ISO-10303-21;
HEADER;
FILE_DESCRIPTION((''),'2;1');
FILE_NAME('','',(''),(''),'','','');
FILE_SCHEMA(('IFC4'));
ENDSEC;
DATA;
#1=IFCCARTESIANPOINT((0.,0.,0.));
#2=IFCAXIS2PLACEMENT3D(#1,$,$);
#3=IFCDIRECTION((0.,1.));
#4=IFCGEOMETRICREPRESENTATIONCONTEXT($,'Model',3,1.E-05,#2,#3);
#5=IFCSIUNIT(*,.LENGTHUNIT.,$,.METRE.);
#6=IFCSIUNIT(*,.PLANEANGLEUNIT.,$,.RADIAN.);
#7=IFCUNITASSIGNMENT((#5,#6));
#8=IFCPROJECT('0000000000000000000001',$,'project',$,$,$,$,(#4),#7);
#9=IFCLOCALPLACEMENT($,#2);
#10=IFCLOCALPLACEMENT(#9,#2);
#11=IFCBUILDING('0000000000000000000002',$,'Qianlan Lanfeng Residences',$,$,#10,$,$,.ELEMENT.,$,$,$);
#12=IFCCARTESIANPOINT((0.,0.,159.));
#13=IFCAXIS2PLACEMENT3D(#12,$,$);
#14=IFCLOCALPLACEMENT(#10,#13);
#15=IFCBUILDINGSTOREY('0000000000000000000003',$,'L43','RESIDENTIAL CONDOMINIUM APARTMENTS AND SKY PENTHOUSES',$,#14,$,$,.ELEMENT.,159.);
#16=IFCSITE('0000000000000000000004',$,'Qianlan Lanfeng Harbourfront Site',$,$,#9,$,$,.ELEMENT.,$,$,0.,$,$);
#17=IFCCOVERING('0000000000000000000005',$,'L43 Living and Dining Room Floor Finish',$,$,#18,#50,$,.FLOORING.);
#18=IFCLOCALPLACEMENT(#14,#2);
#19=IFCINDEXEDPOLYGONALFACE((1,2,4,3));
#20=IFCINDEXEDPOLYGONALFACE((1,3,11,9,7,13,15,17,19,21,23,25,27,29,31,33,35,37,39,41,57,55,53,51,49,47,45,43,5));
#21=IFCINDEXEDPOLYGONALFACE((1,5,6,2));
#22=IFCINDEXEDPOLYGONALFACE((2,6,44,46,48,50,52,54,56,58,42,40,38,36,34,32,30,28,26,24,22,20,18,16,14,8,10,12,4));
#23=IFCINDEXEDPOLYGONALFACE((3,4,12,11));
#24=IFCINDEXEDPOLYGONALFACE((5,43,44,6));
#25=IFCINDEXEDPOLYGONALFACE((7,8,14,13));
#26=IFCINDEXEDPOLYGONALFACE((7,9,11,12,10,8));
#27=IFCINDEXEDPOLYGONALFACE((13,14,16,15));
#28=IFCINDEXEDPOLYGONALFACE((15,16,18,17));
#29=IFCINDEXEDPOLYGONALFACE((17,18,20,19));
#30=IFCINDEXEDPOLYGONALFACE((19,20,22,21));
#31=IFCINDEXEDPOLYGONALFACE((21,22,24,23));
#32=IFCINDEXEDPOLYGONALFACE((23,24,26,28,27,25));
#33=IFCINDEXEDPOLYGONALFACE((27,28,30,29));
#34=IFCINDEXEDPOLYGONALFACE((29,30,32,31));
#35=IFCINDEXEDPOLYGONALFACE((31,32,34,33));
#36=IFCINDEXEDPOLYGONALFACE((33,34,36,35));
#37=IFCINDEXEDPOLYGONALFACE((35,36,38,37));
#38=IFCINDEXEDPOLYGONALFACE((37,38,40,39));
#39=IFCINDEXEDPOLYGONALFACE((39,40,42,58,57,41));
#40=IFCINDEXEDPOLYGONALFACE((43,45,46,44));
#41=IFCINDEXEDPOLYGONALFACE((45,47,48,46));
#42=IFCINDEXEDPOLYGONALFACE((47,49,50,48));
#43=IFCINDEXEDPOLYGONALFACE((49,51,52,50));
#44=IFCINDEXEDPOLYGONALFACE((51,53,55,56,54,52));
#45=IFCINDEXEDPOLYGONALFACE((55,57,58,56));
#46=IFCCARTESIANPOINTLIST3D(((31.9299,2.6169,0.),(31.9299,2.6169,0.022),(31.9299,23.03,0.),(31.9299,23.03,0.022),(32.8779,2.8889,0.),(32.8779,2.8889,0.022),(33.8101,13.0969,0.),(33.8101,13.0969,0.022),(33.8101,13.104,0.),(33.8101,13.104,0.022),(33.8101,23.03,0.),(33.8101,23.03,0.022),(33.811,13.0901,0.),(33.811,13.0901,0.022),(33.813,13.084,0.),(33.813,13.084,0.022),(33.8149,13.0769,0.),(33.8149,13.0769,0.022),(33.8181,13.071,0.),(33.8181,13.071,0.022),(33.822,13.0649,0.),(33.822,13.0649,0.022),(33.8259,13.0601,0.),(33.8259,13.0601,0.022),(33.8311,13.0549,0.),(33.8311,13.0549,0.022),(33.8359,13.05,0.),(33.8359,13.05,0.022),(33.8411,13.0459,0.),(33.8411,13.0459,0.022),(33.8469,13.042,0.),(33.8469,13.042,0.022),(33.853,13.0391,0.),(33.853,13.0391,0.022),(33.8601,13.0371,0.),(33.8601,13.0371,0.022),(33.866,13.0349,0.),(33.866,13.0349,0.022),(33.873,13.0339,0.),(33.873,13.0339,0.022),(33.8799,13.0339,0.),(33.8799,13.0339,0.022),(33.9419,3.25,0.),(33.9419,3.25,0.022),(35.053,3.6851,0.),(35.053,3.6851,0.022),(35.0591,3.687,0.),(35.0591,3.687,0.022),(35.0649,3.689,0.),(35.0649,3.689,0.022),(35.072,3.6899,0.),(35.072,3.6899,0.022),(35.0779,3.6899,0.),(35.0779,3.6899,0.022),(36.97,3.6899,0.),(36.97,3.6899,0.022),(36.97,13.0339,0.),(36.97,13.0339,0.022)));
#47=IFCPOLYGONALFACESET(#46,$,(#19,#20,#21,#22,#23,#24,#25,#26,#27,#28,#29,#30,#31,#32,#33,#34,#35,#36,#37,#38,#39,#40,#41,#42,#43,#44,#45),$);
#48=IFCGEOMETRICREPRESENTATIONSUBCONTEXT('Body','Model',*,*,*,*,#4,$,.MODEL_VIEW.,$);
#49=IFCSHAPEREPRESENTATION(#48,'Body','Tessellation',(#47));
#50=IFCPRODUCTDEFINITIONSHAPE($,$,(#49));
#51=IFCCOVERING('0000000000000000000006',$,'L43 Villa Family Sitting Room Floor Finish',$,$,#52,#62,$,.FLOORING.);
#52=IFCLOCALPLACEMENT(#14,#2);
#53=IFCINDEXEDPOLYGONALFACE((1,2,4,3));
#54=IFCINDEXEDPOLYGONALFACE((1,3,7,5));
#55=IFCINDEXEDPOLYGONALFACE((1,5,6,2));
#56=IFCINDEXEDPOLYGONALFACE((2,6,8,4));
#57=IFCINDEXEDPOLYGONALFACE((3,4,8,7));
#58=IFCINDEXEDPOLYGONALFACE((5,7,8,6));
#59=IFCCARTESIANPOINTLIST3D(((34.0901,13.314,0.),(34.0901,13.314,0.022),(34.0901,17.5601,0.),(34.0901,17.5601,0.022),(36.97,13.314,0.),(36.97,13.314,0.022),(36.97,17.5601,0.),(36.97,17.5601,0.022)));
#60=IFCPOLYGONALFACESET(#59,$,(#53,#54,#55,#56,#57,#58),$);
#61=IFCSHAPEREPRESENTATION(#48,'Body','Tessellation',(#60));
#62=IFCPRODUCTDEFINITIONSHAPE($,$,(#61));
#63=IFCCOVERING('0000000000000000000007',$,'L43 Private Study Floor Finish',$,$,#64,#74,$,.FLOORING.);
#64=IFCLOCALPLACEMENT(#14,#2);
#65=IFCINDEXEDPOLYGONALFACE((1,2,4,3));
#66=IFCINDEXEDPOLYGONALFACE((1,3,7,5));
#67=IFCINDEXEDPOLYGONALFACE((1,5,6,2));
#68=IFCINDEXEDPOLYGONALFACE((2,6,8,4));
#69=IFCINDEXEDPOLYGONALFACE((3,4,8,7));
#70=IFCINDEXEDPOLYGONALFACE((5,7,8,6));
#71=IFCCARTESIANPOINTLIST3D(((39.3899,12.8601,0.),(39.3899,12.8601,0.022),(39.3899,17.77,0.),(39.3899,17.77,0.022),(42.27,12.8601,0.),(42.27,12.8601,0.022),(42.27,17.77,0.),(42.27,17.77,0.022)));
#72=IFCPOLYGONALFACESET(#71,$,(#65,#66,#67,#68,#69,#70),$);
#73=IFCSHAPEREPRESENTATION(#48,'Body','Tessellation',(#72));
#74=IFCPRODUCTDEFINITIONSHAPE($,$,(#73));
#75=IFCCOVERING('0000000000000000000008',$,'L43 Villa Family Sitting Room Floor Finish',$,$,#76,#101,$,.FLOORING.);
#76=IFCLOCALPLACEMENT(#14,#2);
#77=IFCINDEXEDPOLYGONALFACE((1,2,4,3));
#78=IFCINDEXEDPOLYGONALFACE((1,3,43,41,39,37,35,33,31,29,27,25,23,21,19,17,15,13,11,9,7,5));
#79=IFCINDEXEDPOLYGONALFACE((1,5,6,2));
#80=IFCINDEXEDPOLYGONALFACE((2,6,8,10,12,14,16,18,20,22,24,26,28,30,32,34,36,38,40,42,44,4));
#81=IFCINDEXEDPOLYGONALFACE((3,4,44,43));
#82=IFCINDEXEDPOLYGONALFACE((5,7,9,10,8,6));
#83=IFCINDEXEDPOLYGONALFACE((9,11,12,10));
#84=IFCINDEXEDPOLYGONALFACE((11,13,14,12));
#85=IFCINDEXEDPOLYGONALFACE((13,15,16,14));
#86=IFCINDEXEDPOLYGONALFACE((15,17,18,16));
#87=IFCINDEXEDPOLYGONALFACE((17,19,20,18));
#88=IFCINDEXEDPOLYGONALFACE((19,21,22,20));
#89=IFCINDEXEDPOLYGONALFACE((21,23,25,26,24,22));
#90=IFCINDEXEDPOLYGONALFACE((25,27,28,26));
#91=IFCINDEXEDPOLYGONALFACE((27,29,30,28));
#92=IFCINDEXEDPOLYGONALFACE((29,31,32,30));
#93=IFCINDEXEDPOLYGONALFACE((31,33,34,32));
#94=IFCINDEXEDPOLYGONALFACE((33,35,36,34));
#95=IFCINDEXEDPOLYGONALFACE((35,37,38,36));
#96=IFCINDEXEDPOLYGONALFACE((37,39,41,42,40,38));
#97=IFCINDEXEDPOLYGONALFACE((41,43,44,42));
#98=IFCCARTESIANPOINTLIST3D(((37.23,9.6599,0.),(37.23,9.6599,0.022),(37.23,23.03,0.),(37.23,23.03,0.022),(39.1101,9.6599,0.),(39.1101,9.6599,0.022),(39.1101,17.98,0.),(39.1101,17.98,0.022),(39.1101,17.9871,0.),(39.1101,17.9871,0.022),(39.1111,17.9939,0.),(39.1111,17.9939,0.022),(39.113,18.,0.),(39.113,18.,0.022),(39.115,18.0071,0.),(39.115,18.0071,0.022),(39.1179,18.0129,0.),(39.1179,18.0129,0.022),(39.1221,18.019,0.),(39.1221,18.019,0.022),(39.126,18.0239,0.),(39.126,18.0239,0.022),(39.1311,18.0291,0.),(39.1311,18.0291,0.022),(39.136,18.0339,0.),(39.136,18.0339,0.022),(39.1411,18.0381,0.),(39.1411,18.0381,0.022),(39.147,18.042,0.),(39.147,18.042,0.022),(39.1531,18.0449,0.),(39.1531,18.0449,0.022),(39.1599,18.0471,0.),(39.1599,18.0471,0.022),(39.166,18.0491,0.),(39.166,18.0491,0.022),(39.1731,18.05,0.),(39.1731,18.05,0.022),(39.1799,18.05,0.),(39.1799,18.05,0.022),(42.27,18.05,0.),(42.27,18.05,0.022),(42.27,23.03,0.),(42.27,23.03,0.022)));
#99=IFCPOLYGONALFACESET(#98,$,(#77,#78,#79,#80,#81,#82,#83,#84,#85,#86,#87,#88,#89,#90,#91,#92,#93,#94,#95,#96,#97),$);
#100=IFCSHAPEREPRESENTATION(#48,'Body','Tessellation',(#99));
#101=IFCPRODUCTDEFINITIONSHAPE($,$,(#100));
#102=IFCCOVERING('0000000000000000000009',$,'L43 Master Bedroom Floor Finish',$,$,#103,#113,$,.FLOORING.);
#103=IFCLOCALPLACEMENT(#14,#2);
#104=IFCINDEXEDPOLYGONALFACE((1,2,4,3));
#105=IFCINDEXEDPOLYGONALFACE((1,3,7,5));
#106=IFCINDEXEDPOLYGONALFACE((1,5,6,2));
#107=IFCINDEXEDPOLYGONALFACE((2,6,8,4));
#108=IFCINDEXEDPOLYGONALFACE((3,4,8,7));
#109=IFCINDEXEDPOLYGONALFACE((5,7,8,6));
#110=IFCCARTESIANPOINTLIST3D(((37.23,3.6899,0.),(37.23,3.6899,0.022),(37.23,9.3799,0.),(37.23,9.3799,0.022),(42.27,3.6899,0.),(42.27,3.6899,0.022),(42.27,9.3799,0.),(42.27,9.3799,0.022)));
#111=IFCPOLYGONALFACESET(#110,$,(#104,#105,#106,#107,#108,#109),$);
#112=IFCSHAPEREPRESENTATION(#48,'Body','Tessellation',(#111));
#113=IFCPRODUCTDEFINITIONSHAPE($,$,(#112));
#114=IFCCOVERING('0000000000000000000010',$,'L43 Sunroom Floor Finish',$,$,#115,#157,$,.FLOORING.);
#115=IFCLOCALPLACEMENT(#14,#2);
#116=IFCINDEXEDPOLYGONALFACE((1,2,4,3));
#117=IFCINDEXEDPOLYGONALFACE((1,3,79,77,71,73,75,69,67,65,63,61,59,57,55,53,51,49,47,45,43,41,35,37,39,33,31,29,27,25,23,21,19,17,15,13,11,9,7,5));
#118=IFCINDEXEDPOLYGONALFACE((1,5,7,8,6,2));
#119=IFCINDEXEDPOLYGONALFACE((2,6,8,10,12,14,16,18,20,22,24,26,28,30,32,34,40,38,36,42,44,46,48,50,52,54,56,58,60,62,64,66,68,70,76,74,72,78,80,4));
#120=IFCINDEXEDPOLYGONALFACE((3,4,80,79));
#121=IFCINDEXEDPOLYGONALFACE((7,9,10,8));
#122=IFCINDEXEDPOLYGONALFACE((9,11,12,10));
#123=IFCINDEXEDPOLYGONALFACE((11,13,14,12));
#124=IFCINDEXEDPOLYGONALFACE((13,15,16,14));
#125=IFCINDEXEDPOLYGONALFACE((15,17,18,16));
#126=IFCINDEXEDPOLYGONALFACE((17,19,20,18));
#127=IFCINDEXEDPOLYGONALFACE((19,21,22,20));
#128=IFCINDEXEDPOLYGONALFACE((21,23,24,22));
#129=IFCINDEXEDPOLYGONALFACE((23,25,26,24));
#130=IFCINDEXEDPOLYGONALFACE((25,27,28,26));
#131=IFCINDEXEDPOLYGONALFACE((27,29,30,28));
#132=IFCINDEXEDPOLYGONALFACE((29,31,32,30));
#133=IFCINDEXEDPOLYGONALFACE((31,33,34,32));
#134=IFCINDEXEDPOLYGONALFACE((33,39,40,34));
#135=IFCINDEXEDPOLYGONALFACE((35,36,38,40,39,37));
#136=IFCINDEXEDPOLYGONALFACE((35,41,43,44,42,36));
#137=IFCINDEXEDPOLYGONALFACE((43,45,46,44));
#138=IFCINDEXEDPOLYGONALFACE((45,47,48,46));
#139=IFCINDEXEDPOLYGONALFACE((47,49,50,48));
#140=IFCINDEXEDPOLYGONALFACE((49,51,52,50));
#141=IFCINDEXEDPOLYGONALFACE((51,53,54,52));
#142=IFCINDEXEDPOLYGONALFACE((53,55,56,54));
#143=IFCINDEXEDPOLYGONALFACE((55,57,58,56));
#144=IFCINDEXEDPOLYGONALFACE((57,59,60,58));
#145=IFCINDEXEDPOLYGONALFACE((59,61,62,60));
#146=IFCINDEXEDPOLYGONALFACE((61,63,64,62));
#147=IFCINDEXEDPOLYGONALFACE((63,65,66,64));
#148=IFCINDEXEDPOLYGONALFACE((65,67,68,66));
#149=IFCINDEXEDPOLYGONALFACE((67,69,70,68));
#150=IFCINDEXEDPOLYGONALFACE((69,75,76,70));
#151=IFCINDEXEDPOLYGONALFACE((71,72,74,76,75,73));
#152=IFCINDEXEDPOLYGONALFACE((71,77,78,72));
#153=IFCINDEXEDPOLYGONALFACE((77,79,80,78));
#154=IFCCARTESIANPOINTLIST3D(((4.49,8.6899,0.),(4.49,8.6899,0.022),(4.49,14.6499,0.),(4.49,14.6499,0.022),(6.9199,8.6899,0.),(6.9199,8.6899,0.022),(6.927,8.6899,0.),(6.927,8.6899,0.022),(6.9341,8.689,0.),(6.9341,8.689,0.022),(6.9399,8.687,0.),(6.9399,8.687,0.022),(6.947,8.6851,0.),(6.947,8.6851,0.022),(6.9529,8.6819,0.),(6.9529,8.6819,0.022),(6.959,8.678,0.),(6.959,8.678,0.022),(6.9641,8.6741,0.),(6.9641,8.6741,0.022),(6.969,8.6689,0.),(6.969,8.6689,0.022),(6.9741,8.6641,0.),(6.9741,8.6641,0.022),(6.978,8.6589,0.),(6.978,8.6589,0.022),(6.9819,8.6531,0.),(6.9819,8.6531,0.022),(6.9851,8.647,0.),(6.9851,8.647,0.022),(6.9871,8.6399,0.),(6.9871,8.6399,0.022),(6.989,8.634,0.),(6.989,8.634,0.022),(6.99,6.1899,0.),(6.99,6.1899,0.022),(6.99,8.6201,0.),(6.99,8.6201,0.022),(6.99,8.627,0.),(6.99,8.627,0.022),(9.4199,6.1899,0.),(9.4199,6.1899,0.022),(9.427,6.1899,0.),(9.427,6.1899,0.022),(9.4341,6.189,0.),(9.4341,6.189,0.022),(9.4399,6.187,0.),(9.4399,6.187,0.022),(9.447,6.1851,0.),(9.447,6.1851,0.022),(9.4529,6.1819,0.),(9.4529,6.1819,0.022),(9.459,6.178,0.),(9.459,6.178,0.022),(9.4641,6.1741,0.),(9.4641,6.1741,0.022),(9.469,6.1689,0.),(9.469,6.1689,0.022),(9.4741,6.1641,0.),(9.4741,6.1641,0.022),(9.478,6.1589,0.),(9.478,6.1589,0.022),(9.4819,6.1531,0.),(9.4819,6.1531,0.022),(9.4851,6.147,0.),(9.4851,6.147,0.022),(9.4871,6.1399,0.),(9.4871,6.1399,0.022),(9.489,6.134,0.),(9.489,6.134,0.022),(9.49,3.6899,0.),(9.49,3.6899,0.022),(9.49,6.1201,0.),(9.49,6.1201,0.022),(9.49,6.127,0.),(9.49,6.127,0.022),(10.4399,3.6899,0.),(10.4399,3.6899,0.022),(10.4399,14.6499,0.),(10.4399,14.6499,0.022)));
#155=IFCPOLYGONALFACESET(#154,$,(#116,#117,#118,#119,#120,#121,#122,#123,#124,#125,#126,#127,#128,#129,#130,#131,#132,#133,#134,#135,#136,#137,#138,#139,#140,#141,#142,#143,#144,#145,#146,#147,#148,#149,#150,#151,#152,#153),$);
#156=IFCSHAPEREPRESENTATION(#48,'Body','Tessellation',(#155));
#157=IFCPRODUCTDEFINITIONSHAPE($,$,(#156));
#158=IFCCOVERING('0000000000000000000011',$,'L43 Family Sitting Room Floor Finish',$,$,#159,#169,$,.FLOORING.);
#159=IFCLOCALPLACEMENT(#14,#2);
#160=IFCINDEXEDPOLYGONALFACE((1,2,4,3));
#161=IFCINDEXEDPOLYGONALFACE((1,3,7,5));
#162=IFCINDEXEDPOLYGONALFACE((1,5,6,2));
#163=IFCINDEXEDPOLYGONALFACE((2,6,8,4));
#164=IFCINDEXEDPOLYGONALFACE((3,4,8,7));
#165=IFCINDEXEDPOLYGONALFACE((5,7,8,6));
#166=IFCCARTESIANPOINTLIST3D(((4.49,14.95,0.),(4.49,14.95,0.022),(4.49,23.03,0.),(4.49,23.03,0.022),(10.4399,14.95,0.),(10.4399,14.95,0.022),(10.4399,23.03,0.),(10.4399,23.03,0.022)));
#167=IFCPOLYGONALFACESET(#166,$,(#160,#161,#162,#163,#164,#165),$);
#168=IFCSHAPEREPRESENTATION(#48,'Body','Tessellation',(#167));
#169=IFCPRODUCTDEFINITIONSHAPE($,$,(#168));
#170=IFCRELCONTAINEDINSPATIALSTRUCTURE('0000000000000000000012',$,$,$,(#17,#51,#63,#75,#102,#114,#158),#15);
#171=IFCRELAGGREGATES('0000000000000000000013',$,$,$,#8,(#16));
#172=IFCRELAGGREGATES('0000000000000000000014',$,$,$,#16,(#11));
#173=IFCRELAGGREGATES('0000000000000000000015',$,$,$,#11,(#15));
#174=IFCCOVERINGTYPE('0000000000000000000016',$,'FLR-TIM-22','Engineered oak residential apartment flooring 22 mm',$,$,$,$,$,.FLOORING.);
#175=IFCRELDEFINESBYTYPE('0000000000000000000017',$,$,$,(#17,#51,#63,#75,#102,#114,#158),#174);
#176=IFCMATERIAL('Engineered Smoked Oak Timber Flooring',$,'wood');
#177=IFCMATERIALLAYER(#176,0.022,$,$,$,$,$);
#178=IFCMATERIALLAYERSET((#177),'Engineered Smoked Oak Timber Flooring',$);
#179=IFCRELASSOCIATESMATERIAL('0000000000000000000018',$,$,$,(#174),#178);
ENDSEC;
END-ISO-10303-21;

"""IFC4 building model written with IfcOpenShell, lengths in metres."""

from ifc_helpers import new_model, si_unit, direction, frame, origin, place, context, subcontext, project, spatial, polyline, outline, extrude, material, layer, layer_set, type_object, element, save


model = new_model("IFC4")

# Units and contexts
model_context = context("Model", 3, precision=1e-05, world=origin(), true_north=direction((0.0, 1.0)))
body_context = subcontext(model_context, "Body", "Model", "MODEL_VIEW")
ifc_project = project(units=[si_unit("LENGTHUNIT", "METRE"), si_unit("PLANEANGLEUNIT", "RADIAN")], contexts=[model_context])

# Site, building, storey
site_placement = place(None, origin())
site = spatial("IfcSite", under=ifc_project, at=site_placement, Name="Qianlan Lanfeng Harbourfront Site", CompositionType="ELEMENT", RefElevation=0.0)
building_placement = place(site_placement, origin())
building = spatial("IfcBuilding", under=site, at=building_placement, Name="Qianlan Lanfeng Residences", CompositionType="ELEMENT")
storey_placement = place(building_placement, frame((0.0, 0.0, 159.0)))
storey = spatial("IfcBuildingStorey", under=building, at=storey_placement, Name="L43", Description="RESIDENTIAL CONDOMINIUM APARTMENTS AND SKY PENTHOUSES", CompositionType="ELEMENT", Elevation=159.0)

# Coverings
ifc_material_1 = material(Name="Engineered Smoked Oak Timber Flooring", Category="wood")
ifc_layer_1 = layer(ifc_material_1, 0.022)
ifc_layer_set_1 = layer_set([ifc_layer_1], Name="Engineered Smoked Oak Timber Flooring")
covering_type_1 = type_object("IfcCoveringType", Name="FLR-TIM-22", Description="Engineered oak residential apartment flooring 22 mm", PredefinedType="FLOORING", material=ifc_layer_set_1)
covering_1_placement = place(storey_placement, origin())
element("IfcCovering", 1, at=covering_1_placement, inside=storey, type_object=covering_type_1, Name="L43 Living and Dining Room Floor Finish", PredefinedType="FLOORING", context=body_context, shape_type="SweptSolid", body=[
    extrude(outline(polyline([(36.97, 3.6899), (36.97, 13.0339), (33.8799, 13.0339), (33.873, 13.0339), (33.866, 13.0349), (33.8601, 13.0371), (33.853, 13.0391), (33.8469, 13.042), (33.8411, 13.0459), (33.8359, 13.05), (33.8311, 13.0549), (33.8259, 13.0601), (33.822, 13.0649), (33.8181, 13.071), (33.8149, 13.0769), (33.813, 13.084), (33.811, 13.0901), (33.8101, 13.0969), (33.8101, 13.104), (33.8101, 23.03), (31.9299, 23.03), (31.9299, 2.6169), (32.8779, 2.8889), (33.9419, 3.25), (35.053, 3.6851), (35.0591, 3.687), (35.0649, 3.689), (35.072, 3.6899), (35.0779, 3.6899), (36.97, 3.6899)])), origin(), (0.0, 0.0, 1.0), 0.022),
])
covering_2_placement = place(storey_placement, origin())
element("IfcCovering", 2, at=covering_2_placement, inside=storey, type_object=covering_type_1, Name="L43 Villa Family Sitting Room Floor Finish", PredefinedType="FLOORING", context=body_context, shape_type="SweptSolid", body=[
    extrude(outline(polyline([(34.0901, 17.5601), (34.0901, 13.314), (36.97, 13.314), (36.97, 17.5601), (34.0901, 17.5601)])), origin(), (0.0, 0.0, 1.0), 0.022),
])
covering_3_placement = place(storey_placement, origin())
element("IfcCovering", 3, at=covering_3_placement, inside=storey, type_object=covering_type_1, Name="L43 Private Study Floor Finish", PredefinedType="FLOORING", context=body_context, shape_type="SweptSolid", body=[
    extrude(outline(polyline([(39.3899, 12.8601), (42.27, 12.8601), (42.27, 17.77), (39.3899, 17.77), (39.3899, 12.8601)])), origin(), (0.0, 0.0, 1.0), 0.022),
])
covering_4_placement = place(storey_placement, origin())
element("IfcCovering", 4, at=covering_4_placement, inside=storey, type_object=covering_type_1, Name="L43 Villa Family Sitting Room Floor Finish", PredefinedType="FLOORING", context=body_context, shape_type="SweptSolid", body=[
    extrude(outline(polyline([(37.23, 9.6599), (39.1101, 9.6599), (39.1101, 17.98), (39.1101, 17.9871), (39.1111, 17.9939), (39.113, 18.0), (39.115, 18.0071), (39.1179, 18.0129), (39.1221, 18.019), (39.126, 18.0239), (39.1311, 18.0291), (39.136, 18.0339), (39.1411, 18.0381), (39.147, 18.042), (39.1531, 18.0449), (39.1599, 18.0471), (39.166, 18.0491), (39.1731, 18.05), (39.1799, 18.05), (42.27, 18.05), (42.27, 23.03), (37.23, 23.03), (37.23, 9.6599)])), origin(), (0.0, 0.0, 1.0), 0.022),
])
covering_5_placement = place(storey_placement, origin())
element("IfcCovering", 5, at=covering_5_placement, inside=storey, type_object=covering_type_1, Name="L43 Master Bedroom Floor Finish", PredefinedType="FLOORING", context=body_context, shape_type="SweptSolid", body=[
    extrude(outline(polyline([(37.23, 9.3799), (37.23, 3.6899), (42.27, 3.6899), (42.27, 9.3799), (37.23, 9.3799)])), origin(), (0.0, 0.0, 1.0), 0.022),
])
covering_6_placement = place(storey_placement, origin())
element("IfcCovering", 6, at=covering_6_placement, inside=storey, type_object=covering_type_1, Name="L43 Sunroom Floor Finish", PredefinedType="FLOORING", context=body_context, shape_type="SweptSolid", body=[
    extrude(outline(polyline([(10.4399, 14.6499), (4.49, 14.6499), (4.49, 8.6899), (6.9199, 8.6899), (6.927, 8.6899), (6.9341, 8.689), (6.9399, 8.687), (6.947, 8.6851), (6.9529, 8.6819), (6.959, 8.678), (6.9641, 8.6741), (6.969, 8.6689), (6.9741, 8.6641), (6.978, 8.6589), (6.9819, 8.6531), (6.9851, 8.647), (6.9871, 8.6399), (6.989, 8.634), (6.99, 8.627), (6.99, 8.6201), (6.99, 6.1899), (9.4199, 6.1899), (9.427, 6.1899), (9.4341, 6.189), (9.4399, 6.187), (9.447, 6.1851), (9.4529, 6.1819), (9.459, 6.178), (9.4641, 6.1741), (9.469, 6.1689), (9.4741, 6.1641), (9.478, 6.1589), (9.4819, 6.1531), (9.4851, 6.147), (9.4871, 6.1399), (9.489, 6.134), (9.49, 6.127), (9.49, 6.1201), (9.49, 3.6899), (10.4399, 3.6899), (10.4399, 14.6499)])), origin(), (0.0, 0.0, 1.0), 0.022),
])
covering_7_placement = place(storey_placement, origin())
element("IfcCovering", 7, at=covering_7_placement, inside=storey, type_object=covering_type_1, Name="L43 Family Sitting Room Floor Finish", PredefinedType="FLOORING", context=body_context, shape_type="SweptSolid", body=[
    extrude(outline(polyline([(10.4399, 23.03), (4.49, 23.03), (4.49, 14.95), (10.4399, 14.95), (10.4399, 23.03)])), origin(), (0.0, 0.0, 1.0), 0.022),
])

save(model, "model.ifc")
